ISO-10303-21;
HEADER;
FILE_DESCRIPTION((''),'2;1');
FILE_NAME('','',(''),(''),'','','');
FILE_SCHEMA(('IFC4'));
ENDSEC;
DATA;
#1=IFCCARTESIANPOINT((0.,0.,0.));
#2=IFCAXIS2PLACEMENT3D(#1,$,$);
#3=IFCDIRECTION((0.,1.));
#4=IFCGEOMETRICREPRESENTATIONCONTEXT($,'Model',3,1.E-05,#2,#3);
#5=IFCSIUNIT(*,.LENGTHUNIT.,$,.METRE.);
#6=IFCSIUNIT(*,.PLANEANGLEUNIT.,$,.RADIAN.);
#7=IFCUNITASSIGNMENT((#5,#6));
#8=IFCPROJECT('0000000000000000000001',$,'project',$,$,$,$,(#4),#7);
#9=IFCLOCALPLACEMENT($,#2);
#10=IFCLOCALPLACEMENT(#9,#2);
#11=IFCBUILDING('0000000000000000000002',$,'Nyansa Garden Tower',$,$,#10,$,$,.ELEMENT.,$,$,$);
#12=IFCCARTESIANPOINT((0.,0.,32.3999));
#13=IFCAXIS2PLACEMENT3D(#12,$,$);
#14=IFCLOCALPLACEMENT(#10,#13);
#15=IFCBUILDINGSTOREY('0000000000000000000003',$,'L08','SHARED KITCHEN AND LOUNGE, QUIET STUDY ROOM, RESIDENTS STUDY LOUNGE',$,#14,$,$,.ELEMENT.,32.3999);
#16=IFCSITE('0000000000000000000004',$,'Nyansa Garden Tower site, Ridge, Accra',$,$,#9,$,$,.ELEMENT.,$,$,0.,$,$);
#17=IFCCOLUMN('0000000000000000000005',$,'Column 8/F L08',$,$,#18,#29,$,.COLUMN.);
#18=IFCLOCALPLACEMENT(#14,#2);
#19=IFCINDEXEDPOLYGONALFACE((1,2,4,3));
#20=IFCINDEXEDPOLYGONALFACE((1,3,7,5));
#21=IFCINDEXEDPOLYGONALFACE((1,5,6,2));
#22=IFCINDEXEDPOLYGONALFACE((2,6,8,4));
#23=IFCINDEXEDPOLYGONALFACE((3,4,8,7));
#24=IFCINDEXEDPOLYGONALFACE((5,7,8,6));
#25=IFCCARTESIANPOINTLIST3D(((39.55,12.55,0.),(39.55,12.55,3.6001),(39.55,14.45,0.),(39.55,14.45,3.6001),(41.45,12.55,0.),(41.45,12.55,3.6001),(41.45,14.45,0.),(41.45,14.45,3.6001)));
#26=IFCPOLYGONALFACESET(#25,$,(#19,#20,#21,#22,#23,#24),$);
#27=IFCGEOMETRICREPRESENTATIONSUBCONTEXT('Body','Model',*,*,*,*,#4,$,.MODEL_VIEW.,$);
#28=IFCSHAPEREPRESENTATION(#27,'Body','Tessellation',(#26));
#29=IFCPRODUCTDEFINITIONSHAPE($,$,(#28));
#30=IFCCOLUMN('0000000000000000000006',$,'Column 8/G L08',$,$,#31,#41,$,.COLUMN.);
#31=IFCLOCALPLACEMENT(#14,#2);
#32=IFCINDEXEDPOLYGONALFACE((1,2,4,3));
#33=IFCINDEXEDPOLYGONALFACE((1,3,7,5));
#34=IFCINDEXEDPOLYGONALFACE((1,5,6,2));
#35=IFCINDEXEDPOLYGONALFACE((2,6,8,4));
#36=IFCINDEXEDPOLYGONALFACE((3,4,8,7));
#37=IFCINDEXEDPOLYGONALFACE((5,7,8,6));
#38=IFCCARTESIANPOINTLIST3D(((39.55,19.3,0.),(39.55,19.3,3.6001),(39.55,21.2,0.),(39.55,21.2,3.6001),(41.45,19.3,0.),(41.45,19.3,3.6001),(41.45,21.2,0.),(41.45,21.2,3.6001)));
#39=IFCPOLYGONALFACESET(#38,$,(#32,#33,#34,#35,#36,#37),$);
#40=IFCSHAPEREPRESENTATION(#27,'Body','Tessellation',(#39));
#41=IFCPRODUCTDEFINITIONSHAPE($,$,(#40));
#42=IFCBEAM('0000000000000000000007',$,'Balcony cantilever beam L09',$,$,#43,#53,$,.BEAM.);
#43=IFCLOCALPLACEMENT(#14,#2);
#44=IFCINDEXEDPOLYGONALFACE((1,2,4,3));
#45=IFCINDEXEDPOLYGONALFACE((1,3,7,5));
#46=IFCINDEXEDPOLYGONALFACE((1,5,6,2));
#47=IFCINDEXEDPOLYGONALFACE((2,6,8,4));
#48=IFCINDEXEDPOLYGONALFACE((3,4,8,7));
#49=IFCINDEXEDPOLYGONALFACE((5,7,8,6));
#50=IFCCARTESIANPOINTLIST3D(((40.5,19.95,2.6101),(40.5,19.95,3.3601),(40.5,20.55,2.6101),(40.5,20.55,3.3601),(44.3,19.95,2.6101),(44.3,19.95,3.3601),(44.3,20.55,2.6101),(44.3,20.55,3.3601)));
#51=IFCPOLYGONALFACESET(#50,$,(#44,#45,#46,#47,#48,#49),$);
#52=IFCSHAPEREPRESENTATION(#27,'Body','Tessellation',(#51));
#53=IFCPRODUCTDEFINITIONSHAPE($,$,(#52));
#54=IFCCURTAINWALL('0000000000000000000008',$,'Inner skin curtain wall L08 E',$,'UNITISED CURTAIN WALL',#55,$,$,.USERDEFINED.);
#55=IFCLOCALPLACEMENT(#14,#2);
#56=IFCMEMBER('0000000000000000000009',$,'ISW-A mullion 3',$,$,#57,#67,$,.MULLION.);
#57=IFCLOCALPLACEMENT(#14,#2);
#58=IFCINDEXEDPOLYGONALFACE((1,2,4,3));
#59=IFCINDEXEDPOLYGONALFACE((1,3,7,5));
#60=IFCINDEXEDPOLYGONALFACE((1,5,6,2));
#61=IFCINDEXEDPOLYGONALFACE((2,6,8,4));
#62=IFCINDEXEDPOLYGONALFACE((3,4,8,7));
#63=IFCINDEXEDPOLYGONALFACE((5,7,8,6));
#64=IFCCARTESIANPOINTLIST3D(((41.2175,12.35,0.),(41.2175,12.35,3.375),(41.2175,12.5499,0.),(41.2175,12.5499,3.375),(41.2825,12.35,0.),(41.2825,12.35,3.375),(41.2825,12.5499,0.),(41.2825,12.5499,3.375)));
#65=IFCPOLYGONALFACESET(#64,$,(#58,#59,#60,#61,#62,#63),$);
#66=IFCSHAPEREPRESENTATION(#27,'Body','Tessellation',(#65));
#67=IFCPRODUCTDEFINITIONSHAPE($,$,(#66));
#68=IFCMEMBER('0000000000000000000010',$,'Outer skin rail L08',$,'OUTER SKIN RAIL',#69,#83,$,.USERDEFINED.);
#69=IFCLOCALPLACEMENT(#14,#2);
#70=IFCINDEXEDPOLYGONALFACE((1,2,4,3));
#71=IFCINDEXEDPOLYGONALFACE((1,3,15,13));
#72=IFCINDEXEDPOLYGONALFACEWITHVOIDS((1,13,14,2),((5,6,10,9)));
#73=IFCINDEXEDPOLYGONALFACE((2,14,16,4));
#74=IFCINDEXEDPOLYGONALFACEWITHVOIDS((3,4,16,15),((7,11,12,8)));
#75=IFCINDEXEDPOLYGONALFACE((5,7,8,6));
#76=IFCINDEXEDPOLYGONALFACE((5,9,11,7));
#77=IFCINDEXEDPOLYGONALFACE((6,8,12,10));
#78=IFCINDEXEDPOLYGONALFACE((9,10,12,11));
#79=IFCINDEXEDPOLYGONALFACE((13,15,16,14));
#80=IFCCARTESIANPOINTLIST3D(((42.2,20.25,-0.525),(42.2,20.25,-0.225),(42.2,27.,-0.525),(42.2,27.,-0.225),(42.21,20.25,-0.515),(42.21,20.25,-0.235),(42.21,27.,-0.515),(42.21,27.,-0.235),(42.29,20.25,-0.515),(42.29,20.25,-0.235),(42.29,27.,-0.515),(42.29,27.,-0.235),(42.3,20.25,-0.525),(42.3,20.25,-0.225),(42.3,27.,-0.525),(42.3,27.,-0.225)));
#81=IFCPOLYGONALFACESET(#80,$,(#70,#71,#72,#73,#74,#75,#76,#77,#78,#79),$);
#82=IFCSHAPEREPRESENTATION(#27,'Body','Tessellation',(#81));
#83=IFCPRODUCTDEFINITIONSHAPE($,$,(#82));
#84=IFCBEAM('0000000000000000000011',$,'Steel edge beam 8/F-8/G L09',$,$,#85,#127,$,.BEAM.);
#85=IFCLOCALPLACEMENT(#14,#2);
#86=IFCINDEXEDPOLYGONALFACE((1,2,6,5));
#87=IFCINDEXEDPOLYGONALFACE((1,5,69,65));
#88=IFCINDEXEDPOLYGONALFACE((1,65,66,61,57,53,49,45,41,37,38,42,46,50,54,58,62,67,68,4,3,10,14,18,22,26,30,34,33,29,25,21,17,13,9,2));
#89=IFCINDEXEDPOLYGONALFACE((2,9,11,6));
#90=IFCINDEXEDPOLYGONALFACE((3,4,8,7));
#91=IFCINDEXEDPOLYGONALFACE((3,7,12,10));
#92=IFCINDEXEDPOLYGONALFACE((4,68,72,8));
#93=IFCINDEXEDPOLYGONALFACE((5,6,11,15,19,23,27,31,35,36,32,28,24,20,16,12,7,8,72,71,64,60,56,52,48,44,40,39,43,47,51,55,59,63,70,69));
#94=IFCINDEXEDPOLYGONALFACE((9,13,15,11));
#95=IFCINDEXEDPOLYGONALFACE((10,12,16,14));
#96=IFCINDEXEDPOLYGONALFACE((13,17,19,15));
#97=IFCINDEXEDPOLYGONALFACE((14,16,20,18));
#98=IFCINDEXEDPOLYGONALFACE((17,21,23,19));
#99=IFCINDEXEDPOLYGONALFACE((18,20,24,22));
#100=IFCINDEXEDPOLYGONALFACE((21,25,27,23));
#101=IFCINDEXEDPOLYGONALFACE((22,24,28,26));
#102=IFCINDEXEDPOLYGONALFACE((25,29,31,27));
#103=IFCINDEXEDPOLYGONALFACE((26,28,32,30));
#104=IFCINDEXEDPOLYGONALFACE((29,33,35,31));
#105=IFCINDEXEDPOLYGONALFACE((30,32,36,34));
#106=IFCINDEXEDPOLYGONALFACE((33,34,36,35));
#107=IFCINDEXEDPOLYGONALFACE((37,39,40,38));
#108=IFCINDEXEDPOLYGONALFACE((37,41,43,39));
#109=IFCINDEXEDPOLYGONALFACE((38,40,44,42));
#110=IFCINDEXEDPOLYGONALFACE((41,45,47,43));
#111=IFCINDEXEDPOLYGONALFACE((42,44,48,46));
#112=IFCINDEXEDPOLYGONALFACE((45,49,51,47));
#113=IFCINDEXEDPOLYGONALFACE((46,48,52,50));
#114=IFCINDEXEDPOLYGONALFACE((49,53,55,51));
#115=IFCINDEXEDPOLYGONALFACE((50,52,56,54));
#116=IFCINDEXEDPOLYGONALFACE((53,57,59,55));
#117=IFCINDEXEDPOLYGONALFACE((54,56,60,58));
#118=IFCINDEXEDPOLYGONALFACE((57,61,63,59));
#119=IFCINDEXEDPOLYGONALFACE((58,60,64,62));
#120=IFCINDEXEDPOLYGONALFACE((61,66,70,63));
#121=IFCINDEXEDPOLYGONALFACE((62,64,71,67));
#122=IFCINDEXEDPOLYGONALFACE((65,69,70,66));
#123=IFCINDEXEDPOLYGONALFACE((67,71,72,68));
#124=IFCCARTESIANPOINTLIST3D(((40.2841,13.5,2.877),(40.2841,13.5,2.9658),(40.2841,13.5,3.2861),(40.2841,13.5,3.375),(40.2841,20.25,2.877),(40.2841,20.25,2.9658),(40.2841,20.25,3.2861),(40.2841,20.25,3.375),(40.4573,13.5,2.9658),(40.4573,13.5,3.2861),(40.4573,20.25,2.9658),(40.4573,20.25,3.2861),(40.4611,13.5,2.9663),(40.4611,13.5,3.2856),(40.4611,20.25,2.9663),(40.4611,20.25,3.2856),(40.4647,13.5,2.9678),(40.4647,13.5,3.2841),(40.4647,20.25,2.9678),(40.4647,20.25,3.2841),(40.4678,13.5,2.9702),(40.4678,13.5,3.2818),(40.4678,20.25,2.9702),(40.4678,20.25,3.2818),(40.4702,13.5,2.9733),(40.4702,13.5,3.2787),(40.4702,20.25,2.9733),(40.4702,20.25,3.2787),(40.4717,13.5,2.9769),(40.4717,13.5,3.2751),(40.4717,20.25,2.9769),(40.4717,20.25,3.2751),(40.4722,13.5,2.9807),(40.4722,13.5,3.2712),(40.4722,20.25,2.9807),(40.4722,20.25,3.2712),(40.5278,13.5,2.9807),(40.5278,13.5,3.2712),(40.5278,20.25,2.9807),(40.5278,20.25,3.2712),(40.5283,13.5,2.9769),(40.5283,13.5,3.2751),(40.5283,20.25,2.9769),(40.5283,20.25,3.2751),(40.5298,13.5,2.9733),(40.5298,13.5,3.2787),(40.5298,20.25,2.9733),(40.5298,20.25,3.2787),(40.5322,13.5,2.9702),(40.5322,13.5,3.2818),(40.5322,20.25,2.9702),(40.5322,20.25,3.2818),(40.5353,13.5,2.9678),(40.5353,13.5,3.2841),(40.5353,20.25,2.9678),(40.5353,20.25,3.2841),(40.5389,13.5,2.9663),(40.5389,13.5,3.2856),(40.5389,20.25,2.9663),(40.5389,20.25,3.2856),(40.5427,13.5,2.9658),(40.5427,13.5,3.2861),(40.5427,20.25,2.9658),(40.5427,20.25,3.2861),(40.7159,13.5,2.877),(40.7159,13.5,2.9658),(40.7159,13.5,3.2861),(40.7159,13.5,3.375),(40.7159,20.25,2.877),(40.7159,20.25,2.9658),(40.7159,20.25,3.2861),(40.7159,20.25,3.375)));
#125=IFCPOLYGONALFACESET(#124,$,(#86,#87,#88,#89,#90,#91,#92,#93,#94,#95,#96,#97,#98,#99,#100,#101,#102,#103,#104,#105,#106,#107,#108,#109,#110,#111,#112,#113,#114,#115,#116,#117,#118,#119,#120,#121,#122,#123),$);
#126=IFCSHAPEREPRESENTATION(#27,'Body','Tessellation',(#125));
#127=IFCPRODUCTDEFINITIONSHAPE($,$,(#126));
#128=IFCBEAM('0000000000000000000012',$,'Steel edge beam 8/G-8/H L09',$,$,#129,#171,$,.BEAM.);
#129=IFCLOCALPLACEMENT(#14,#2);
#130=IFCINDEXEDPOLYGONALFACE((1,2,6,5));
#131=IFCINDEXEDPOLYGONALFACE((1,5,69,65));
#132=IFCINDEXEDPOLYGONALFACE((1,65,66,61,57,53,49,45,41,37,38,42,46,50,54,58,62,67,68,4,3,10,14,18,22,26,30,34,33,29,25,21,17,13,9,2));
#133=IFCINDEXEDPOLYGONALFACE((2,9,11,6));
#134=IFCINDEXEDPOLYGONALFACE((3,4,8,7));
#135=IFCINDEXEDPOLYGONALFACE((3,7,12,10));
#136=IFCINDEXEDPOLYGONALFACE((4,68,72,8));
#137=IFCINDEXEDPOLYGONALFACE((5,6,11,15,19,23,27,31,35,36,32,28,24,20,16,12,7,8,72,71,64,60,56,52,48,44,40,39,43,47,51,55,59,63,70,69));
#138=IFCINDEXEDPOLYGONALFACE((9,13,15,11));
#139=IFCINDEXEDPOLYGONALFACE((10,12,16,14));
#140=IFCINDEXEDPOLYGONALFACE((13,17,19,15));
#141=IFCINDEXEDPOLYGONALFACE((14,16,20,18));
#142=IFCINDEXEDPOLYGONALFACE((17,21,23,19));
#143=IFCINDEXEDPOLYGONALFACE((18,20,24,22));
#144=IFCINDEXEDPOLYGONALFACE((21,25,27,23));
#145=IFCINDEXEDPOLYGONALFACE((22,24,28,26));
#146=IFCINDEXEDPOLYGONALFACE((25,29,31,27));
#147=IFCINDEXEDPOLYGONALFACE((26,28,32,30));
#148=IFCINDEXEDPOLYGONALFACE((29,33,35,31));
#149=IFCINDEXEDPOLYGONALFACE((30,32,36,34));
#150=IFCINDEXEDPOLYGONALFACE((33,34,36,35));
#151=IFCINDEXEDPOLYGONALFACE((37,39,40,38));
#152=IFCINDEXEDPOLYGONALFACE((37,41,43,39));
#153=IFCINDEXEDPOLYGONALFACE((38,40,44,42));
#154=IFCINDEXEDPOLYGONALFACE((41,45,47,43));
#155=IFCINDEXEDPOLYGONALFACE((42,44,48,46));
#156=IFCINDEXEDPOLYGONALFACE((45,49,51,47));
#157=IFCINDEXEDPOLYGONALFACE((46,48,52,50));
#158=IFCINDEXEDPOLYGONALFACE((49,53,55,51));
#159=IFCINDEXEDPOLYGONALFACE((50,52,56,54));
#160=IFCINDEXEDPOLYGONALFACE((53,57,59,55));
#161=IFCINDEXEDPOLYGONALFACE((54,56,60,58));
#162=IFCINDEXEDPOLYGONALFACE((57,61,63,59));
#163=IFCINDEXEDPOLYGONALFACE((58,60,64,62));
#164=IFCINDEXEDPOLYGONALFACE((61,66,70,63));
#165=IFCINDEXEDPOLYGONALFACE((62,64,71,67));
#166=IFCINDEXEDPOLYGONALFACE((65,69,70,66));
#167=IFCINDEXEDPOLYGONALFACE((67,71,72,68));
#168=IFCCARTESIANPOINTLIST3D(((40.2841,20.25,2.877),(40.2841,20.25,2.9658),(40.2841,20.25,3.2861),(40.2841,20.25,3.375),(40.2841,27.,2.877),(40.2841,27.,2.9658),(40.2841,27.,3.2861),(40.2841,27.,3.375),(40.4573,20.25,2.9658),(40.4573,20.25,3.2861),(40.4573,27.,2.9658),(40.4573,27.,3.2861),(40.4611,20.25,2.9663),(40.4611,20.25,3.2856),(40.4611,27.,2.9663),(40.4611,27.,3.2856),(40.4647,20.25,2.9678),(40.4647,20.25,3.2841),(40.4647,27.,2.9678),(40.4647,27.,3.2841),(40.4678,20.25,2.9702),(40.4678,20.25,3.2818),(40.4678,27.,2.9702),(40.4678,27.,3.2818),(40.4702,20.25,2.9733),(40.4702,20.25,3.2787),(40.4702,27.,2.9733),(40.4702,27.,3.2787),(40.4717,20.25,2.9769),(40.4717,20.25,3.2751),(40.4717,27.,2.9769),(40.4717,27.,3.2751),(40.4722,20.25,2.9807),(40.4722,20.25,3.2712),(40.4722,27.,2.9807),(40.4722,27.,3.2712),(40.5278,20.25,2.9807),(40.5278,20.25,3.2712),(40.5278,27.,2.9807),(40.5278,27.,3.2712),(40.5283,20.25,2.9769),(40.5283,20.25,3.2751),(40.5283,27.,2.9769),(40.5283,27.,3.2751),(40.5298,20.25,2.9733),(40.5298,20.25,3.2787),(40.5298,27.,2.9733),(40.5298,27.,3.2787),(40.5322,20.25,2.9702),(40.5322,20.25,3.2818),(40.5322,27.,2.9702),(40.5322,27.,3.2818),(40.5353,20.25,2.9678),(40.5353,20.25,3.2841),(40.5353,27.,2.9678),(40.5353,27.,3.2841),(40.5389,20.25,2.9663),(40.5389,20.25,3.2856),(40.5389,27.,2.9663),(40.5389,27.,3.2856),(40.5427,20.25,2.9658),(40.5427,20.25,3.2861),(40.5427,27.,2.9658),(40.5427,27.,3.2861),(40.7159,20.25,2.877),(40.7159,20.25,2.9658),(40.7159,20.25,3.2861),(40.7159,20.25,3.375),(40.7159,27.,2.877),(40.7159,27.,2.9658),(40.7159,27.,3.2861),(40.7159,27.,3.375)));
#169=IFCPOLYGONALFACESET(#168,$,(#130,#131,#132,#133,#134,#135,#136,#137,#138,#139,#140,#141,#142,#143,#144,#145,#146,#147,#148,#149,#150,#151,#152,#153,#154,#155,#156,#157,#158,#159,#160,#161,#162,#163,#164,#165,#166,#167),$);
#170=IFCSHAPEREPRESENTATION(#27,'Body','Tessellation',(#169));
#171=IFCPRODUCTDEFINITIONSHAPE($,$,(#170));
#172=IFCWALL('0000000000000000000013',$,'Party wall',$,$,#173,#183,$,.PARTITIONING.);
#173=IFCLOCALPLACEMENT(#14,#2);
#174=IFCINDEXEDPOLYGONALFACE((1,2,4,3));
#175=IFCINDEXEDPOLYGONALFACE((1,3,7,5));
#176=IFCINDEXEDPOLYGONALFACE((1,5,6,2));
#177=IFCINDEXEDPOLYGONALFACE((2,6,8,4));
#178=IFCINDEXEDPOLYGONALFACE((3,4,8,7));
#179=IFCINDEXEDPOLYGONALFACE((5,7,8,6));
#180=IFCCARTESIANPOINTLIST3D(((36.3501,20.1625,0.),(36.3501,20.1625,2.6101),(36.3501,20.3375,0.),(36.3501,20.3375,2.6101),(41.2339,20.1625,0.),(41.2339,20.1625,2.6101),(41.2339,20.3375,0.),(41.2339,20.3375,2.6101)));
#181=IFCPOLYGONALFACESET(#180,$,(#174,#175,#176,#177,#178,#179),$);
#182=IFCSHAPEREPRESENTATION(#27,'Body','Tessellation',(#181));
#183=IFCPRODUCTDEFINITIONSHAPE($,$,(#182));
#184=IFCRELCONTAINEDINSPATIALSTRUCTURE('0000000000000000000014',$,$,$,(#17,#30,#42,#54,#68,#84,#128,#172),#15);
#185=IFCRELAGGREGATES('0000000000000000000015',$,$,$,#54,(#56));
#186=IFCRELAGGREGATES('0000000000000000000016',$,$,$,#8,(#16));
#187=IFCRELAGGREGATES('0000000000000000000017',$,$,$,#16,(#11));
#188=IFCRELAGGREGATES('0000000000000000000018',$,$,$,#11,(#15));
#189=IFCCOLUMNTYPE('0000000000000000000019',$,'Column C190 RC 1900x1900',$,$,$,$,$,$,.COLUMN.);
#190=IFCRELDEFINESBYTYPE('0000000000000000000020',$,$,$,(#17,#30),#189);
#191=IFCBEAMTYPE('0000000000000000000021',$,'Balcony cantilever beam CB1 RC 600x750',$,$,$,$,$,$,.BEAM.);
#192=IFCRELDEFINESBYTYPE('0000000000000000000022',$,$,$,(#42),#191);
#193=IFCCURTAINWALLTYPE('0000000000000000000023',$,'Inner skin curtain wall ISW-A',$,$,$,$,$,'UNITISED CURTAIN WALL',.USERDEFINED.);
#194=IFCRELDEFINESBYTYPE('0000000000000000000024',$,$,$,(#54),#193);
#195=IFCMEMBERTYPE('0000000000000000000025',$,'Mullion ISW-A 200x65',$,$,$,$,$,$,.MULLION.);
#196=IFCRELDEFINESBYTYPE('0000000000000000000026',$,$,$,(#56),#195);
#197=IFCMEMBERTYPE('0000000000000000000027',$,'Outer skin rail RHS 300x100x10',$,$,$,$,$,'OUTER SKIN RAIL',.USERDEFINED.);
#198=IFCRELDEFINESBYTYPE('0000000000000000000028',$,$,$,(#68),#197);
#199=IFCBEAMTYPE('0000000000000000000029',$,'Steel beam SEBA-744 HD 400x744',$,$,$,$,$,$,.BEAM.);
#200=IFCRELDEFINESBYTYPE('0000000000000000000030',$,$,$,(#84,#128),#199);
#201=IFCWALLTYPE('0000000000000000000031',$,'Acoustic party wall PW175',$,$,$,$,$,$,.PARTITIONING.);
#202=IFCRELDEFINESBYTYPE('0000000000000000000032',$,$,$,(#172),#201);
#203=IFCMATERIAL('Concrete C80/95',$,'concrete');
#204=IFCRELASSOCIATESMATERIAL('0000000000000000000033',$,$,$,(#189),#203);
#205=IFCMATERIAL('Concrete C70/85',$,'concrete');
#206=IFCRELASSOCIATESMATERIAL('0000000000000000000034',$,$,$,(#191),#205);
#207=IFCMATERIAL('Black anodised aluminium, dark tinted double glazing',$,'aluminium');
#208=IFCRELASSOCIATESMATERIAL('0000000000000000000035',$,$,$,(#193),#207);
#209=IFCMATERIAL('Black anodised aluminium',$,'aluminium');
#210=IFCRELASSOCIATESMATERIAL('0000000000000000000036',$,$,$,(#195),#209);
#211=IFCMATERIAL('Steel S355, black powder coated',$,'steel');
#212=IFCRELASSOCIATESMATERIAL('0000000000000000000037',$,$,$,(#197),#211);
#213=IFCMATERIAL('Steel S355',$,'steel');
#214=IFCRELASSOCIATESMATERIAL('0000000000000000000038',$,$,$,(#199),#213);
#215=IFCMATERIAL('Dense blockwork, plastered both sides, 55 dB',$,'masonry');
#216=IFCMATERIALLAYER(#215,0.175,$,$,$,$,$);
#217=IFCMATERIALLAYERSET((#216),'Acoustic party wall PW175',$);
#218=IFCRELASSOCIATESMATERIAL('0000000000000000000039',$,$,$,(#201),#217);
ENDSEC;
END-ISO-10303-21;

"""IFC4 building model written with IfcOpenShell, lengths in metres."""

from ifc_helpers import new_model, si_unit, direction, frame, frame_2d, origin, origin_2d, place, context, subcontext, project, spatial, rectangle, hollow_rectangle, i_section, extrude, material, layer, layer_set, material_profile, profile_set, type_object, element, aggregate, save


model = new_model("IFC4")

# Units and contexts
model_context = context("Model", 3, precision=1e-05, world=origin(), true_north=direction((0.0, 1.0)))
body_context = subcontext(model_context, "Body", "Model", "MODEL_VIEW")
ifc_project = project(units=[si_unit("LENGTHUNIT", "METRE"), si_unit("PLANEANGLEUNIT", "RADIAN")], contexts=[model_context])

# Site, building, storey
site_placement = place(None, origin())
site = spatial("IfcSite", under=ifc_project, at=site_placement, Name="Nyansa Garden Tower site, Ridge, Accra", CompositionType="ELEMENT", RefElevation=0.0)
building_placement = place(site_placement, origin())
building = spatial("IfcBuilding", under=site, at=building_placement, Name="Nyansa Garden Tower", CompositionType="ELEMENT")
storey_placement = place(building_placement, frame((0.0, 0.0, 32.3999)))
storey = spatial("IfcBuildingStorey", under=building, at=storey_placement, Name="L08", Description="SHARED KITCHEN AND LOUNGE, QUIET STUDY ROOM, RESIDENTS STUDY LOUNGE", CompositionType="ELEMENT", Elevation=32.3999)

# Columns
ifc_material_1 = material(Name="Concrete C80/95", Category="concrete")
ifc_material_profile_1 = material_profile(ifc_material_1, rectangle(XDim=1.8999, YDim=1.8999, at=origin_2d()), Name="RC 1900x1900")
ifc_profile_set_1 = profile_set([ifc_material_profile_1], Name="Concrete C80/95")
column_type = type_object("IfcColumnType", Name="Column C190 RC 1900x1900", PredefinedType="COLUMN", material=ifc_profile_set_1)
for number, where, z_axis, x_axis, name in (
    (1, (40.5, 13.5, 0.0), (0.0, 0.0, 1.0), (1.0, 0.0, 0.0), "Column 8/F L08"),
    (2, (40.5, 20.25, 0.0), (0.0, 0.0, 1.0), (1.0, 0.0, 0.0), "Column 8/G L08"),
):
    element("IfcColumn", number, at=place(storey_placement, frame(where, z_axis=z_axis, x_axis=x_axis)), inside=storey, type_object=column_type, Name=name, PredefinedType="COLUMN", context=body_context, shape_type="SweptSolid", body=[
        extrude(rectangle(XDim=1.8999, YDim=1.8999, at=origin_2d()), origin(), (0.0, 0.0, 1.0), 3.6001),
    ])

# Beam
ifc_material_2 = material(Name="Concrete C70/85", Category="concrete")
ifc_material_profile_2 = material_profile(ifc_material_2, rectangle(XDim=0.6001, YDim=0.75, at=origin_2d()), Name="RC 600x750")
ifc_profile_set_2 = profile_set([ifc_material_profile_2], Name="Concrete C70/85")
beam_type_1 = type_object("IfcBeamType", Name="Balcony cantilever beam CB1 RC 600x750", PredefinedType="BEAM", material=ifc_profile_set_2)
beam_placement = place(storey_placement, frame((40.5, 20.25, 2.9851), z_axis=(1.0, 0.0, 0.0), x_axis=(0.0, 1.0, 0.0)))
element("IfcBeam", 3, at=beam_placement, inside=storey, type_object=beam_type_1, Name="Balcony cantilever beam L09", PredefinedType="BEAM", context=body_context, shape_type="SweptSolid", body=[
    extrude(rectangle(XDim=0.6001, YDim=0.75, at=origin_2d()), origin(), (0.0, 0.0, 1.0), 3.8),
])

# Curtain wall, member
ifc_material_3 = material(Name="Black anodised aluminium, dark tinted double glazing", Category="aluminium")
curtain_wall_type = type_object("IfcCurtainWallType", Name="Inner skin curtain wall ISW-A", ElementType="UNITISED CURTAIN WALL", PredefinedType="USERDEFINED", material=ifc_material_3)
curtain_wall_placement = place(storey_placement, origin())
curtain_wall = element("IfcCurtainWall", 4, at=curtain_wall_placement, inside=storey, type_object=curtain_wall_type, Name="Inner skin curtain wall L08 E", ObjectType="UNITISED CURTAIN WALL", PredefinedType="USERDEFINED")
ifc_material_4 = material(Name="Black anodised aluminium", Category="aluminium")
ifc_material_profile_3 = material_profile(ifc_material_4, rectangle(XDim=0.0649, YDim=0.2, at=origin_2d()), Name="Mullion 200x65")
ifc_profile_set_3 = profile_set([ifc_material_profile_3], Name="Black anodised aluminium")
member_type_1 = type_object("IfcMemberType", Name="Mullion ISW-A 200x65", PredefinedType="MULLION", material=ifc_profile_set_3)
member_1_placement = place(storey_placement, frame((41.25, 12.45, 0.0), z_axis=(0.0, 0.0, 1.0), x_axis=(-1.0, 0.0, 0.0)))
member_1 = element("IfcMember", 5, at=member_1_placement, type_object=member_type_1, Name="ISW-A mullion 3", PredefinedType="MULLION", context=body_context, shape_type="SweptSolid", body=[
    extrude(rectangle(XDim=0.0649, YDim=0.2, at=origin_2d()), origin(), (0.0, 0.0, 1.0), 3.375),
])
aggregate(curtain_wall, [member_1])

# Member
ifc_material_5 = material(Name="Steel S355, black powder coated", Category="steel")
ifc_material_profile_4 = material_profile(ifc_material_5, hollow_rectangle(XDim=0.1001, YDim=0.3, WallThickness=0.01, at=origin_2d()), Name="RHS 300x100x10")
ifc_profile_set_4 = profile_set([ifc_material_profile_4], Name="Steel S355, black powder coated")
member_type_2 = type_object("IfcMemberType", Name="Outer skin rail RHS 300x100x10", ElementType="OUTER SKIN RAIL", PredefinedType="USERDEFINED", material=ifc_profile_set_4)
member_2_placement = place(storey_placement, frame((42.25, 20.25, -0.375), z_axis=(0.0, 1.0, 0.0), x_axis=(-1.0, 0.0, 0.0)))
element("IfcMember", 6, at=member_2_placement, inside=storey, type_object=member_type_2, Name="Outer skin rail L08", ObjectType="OUTER SKIN RAIL", PredefinedType="USERDEFINED", context=body_context, shape_type="SweptSolid", body=[
    extrude(hollow_rectangle(XDim=0.1001, YDim=0.3, WallThickness=0.01, at=origin_2d()), origin(), (0.0, 0.0, 1.0), 6.75),
])

# Beams
ifc_material_6 = material(Name="Steel S355", Category="steel")
ifc_material_profile_5 = material_profile(ifc_material_6, i_section(OverallWidth=0.4319, OverallDepth=0.498, WebThickness=0.0557, FlangeThickness=0.0889, FilletRadius=0.0149, at=origin_2d()), Name="HD 400x744")
ifc_profile_set_5 = profile_set([ifc_material_profile_5], Name="Steel S355")
beam_type_2 = type_object("IfcBeamType", Name="Steel beam SEBA-744 HD 400x744", PredefinedType="BEAM", material=ifc_profile_set_5)
for number, where, z_axis, x_axis, name in (
    (7, (40.5, 13.5, 3.126), (0.0, 1.0, 0.0), (-1.0, 0.0, 0.0), "Steel edge beam 8/F-8/G L09"),
    (8, (40.5, 20.25, 3.126), (0.0, 1.0, 0.0), (-1.0, 0.0, 0.0), "Steel edge beam 8/G-8/H L09"),
):
    element("IfcBeam", number, at=place(storey_placement, frame(where, z_axis=z_axis, x_axis=x_axis)), inside=storey, type_object=beam_type_2, Name=name, PredefinedType="BEAM", context=body_context, shape_type="SweptSolid", body=[
        extrude(i_section(OverallWidth=0.4319, OverallDepth=0.498, WebThickness=0.0557, FlangeThickness=0.0889, FilletRadius=0.0149, at=origin_2d()), origin(), (0.0, 0.0, 1.0), 6.75),
    ])

# Wall
ifc_material_7 = material(Name="Dense blockwork, plastered both sides, 55 dB", Category="masonry")
ifc_layer_1 = layer(ifc_material_7, 0.175)
ifc_layer_set_1 = layer_set([ifc_layer_1], Name="Acoustic party wall PW175")
wall_type_1 = type_object("IfcWallType", Name="Acoustic party wall PW175", PredefinedType="PARTITIONING", material=ifc_layer_set_1)
wall_1_placement = place(storey_placement, frame((36.3501, 20.25, 0.0), z_axis=(0.0, 0.0, 1.0), x_axis=(1.0, 0.0, 0.0)))
element("IfcWall", 9, at=wall_1_placement, inside=storey, type_object=wall_type_1, Name="Party wall", PredefinedType="PARTITIONING", context=body_context, shape_type="SweptSolid", body=[
    extrude(rectangle(XDim=4.8838, YDim=0.175, at=frame_2d((2.4419, 0.0))), origin(), (0.0, 0.0, 1.0), 2.6101),
])

save(model, "model.ifc")
